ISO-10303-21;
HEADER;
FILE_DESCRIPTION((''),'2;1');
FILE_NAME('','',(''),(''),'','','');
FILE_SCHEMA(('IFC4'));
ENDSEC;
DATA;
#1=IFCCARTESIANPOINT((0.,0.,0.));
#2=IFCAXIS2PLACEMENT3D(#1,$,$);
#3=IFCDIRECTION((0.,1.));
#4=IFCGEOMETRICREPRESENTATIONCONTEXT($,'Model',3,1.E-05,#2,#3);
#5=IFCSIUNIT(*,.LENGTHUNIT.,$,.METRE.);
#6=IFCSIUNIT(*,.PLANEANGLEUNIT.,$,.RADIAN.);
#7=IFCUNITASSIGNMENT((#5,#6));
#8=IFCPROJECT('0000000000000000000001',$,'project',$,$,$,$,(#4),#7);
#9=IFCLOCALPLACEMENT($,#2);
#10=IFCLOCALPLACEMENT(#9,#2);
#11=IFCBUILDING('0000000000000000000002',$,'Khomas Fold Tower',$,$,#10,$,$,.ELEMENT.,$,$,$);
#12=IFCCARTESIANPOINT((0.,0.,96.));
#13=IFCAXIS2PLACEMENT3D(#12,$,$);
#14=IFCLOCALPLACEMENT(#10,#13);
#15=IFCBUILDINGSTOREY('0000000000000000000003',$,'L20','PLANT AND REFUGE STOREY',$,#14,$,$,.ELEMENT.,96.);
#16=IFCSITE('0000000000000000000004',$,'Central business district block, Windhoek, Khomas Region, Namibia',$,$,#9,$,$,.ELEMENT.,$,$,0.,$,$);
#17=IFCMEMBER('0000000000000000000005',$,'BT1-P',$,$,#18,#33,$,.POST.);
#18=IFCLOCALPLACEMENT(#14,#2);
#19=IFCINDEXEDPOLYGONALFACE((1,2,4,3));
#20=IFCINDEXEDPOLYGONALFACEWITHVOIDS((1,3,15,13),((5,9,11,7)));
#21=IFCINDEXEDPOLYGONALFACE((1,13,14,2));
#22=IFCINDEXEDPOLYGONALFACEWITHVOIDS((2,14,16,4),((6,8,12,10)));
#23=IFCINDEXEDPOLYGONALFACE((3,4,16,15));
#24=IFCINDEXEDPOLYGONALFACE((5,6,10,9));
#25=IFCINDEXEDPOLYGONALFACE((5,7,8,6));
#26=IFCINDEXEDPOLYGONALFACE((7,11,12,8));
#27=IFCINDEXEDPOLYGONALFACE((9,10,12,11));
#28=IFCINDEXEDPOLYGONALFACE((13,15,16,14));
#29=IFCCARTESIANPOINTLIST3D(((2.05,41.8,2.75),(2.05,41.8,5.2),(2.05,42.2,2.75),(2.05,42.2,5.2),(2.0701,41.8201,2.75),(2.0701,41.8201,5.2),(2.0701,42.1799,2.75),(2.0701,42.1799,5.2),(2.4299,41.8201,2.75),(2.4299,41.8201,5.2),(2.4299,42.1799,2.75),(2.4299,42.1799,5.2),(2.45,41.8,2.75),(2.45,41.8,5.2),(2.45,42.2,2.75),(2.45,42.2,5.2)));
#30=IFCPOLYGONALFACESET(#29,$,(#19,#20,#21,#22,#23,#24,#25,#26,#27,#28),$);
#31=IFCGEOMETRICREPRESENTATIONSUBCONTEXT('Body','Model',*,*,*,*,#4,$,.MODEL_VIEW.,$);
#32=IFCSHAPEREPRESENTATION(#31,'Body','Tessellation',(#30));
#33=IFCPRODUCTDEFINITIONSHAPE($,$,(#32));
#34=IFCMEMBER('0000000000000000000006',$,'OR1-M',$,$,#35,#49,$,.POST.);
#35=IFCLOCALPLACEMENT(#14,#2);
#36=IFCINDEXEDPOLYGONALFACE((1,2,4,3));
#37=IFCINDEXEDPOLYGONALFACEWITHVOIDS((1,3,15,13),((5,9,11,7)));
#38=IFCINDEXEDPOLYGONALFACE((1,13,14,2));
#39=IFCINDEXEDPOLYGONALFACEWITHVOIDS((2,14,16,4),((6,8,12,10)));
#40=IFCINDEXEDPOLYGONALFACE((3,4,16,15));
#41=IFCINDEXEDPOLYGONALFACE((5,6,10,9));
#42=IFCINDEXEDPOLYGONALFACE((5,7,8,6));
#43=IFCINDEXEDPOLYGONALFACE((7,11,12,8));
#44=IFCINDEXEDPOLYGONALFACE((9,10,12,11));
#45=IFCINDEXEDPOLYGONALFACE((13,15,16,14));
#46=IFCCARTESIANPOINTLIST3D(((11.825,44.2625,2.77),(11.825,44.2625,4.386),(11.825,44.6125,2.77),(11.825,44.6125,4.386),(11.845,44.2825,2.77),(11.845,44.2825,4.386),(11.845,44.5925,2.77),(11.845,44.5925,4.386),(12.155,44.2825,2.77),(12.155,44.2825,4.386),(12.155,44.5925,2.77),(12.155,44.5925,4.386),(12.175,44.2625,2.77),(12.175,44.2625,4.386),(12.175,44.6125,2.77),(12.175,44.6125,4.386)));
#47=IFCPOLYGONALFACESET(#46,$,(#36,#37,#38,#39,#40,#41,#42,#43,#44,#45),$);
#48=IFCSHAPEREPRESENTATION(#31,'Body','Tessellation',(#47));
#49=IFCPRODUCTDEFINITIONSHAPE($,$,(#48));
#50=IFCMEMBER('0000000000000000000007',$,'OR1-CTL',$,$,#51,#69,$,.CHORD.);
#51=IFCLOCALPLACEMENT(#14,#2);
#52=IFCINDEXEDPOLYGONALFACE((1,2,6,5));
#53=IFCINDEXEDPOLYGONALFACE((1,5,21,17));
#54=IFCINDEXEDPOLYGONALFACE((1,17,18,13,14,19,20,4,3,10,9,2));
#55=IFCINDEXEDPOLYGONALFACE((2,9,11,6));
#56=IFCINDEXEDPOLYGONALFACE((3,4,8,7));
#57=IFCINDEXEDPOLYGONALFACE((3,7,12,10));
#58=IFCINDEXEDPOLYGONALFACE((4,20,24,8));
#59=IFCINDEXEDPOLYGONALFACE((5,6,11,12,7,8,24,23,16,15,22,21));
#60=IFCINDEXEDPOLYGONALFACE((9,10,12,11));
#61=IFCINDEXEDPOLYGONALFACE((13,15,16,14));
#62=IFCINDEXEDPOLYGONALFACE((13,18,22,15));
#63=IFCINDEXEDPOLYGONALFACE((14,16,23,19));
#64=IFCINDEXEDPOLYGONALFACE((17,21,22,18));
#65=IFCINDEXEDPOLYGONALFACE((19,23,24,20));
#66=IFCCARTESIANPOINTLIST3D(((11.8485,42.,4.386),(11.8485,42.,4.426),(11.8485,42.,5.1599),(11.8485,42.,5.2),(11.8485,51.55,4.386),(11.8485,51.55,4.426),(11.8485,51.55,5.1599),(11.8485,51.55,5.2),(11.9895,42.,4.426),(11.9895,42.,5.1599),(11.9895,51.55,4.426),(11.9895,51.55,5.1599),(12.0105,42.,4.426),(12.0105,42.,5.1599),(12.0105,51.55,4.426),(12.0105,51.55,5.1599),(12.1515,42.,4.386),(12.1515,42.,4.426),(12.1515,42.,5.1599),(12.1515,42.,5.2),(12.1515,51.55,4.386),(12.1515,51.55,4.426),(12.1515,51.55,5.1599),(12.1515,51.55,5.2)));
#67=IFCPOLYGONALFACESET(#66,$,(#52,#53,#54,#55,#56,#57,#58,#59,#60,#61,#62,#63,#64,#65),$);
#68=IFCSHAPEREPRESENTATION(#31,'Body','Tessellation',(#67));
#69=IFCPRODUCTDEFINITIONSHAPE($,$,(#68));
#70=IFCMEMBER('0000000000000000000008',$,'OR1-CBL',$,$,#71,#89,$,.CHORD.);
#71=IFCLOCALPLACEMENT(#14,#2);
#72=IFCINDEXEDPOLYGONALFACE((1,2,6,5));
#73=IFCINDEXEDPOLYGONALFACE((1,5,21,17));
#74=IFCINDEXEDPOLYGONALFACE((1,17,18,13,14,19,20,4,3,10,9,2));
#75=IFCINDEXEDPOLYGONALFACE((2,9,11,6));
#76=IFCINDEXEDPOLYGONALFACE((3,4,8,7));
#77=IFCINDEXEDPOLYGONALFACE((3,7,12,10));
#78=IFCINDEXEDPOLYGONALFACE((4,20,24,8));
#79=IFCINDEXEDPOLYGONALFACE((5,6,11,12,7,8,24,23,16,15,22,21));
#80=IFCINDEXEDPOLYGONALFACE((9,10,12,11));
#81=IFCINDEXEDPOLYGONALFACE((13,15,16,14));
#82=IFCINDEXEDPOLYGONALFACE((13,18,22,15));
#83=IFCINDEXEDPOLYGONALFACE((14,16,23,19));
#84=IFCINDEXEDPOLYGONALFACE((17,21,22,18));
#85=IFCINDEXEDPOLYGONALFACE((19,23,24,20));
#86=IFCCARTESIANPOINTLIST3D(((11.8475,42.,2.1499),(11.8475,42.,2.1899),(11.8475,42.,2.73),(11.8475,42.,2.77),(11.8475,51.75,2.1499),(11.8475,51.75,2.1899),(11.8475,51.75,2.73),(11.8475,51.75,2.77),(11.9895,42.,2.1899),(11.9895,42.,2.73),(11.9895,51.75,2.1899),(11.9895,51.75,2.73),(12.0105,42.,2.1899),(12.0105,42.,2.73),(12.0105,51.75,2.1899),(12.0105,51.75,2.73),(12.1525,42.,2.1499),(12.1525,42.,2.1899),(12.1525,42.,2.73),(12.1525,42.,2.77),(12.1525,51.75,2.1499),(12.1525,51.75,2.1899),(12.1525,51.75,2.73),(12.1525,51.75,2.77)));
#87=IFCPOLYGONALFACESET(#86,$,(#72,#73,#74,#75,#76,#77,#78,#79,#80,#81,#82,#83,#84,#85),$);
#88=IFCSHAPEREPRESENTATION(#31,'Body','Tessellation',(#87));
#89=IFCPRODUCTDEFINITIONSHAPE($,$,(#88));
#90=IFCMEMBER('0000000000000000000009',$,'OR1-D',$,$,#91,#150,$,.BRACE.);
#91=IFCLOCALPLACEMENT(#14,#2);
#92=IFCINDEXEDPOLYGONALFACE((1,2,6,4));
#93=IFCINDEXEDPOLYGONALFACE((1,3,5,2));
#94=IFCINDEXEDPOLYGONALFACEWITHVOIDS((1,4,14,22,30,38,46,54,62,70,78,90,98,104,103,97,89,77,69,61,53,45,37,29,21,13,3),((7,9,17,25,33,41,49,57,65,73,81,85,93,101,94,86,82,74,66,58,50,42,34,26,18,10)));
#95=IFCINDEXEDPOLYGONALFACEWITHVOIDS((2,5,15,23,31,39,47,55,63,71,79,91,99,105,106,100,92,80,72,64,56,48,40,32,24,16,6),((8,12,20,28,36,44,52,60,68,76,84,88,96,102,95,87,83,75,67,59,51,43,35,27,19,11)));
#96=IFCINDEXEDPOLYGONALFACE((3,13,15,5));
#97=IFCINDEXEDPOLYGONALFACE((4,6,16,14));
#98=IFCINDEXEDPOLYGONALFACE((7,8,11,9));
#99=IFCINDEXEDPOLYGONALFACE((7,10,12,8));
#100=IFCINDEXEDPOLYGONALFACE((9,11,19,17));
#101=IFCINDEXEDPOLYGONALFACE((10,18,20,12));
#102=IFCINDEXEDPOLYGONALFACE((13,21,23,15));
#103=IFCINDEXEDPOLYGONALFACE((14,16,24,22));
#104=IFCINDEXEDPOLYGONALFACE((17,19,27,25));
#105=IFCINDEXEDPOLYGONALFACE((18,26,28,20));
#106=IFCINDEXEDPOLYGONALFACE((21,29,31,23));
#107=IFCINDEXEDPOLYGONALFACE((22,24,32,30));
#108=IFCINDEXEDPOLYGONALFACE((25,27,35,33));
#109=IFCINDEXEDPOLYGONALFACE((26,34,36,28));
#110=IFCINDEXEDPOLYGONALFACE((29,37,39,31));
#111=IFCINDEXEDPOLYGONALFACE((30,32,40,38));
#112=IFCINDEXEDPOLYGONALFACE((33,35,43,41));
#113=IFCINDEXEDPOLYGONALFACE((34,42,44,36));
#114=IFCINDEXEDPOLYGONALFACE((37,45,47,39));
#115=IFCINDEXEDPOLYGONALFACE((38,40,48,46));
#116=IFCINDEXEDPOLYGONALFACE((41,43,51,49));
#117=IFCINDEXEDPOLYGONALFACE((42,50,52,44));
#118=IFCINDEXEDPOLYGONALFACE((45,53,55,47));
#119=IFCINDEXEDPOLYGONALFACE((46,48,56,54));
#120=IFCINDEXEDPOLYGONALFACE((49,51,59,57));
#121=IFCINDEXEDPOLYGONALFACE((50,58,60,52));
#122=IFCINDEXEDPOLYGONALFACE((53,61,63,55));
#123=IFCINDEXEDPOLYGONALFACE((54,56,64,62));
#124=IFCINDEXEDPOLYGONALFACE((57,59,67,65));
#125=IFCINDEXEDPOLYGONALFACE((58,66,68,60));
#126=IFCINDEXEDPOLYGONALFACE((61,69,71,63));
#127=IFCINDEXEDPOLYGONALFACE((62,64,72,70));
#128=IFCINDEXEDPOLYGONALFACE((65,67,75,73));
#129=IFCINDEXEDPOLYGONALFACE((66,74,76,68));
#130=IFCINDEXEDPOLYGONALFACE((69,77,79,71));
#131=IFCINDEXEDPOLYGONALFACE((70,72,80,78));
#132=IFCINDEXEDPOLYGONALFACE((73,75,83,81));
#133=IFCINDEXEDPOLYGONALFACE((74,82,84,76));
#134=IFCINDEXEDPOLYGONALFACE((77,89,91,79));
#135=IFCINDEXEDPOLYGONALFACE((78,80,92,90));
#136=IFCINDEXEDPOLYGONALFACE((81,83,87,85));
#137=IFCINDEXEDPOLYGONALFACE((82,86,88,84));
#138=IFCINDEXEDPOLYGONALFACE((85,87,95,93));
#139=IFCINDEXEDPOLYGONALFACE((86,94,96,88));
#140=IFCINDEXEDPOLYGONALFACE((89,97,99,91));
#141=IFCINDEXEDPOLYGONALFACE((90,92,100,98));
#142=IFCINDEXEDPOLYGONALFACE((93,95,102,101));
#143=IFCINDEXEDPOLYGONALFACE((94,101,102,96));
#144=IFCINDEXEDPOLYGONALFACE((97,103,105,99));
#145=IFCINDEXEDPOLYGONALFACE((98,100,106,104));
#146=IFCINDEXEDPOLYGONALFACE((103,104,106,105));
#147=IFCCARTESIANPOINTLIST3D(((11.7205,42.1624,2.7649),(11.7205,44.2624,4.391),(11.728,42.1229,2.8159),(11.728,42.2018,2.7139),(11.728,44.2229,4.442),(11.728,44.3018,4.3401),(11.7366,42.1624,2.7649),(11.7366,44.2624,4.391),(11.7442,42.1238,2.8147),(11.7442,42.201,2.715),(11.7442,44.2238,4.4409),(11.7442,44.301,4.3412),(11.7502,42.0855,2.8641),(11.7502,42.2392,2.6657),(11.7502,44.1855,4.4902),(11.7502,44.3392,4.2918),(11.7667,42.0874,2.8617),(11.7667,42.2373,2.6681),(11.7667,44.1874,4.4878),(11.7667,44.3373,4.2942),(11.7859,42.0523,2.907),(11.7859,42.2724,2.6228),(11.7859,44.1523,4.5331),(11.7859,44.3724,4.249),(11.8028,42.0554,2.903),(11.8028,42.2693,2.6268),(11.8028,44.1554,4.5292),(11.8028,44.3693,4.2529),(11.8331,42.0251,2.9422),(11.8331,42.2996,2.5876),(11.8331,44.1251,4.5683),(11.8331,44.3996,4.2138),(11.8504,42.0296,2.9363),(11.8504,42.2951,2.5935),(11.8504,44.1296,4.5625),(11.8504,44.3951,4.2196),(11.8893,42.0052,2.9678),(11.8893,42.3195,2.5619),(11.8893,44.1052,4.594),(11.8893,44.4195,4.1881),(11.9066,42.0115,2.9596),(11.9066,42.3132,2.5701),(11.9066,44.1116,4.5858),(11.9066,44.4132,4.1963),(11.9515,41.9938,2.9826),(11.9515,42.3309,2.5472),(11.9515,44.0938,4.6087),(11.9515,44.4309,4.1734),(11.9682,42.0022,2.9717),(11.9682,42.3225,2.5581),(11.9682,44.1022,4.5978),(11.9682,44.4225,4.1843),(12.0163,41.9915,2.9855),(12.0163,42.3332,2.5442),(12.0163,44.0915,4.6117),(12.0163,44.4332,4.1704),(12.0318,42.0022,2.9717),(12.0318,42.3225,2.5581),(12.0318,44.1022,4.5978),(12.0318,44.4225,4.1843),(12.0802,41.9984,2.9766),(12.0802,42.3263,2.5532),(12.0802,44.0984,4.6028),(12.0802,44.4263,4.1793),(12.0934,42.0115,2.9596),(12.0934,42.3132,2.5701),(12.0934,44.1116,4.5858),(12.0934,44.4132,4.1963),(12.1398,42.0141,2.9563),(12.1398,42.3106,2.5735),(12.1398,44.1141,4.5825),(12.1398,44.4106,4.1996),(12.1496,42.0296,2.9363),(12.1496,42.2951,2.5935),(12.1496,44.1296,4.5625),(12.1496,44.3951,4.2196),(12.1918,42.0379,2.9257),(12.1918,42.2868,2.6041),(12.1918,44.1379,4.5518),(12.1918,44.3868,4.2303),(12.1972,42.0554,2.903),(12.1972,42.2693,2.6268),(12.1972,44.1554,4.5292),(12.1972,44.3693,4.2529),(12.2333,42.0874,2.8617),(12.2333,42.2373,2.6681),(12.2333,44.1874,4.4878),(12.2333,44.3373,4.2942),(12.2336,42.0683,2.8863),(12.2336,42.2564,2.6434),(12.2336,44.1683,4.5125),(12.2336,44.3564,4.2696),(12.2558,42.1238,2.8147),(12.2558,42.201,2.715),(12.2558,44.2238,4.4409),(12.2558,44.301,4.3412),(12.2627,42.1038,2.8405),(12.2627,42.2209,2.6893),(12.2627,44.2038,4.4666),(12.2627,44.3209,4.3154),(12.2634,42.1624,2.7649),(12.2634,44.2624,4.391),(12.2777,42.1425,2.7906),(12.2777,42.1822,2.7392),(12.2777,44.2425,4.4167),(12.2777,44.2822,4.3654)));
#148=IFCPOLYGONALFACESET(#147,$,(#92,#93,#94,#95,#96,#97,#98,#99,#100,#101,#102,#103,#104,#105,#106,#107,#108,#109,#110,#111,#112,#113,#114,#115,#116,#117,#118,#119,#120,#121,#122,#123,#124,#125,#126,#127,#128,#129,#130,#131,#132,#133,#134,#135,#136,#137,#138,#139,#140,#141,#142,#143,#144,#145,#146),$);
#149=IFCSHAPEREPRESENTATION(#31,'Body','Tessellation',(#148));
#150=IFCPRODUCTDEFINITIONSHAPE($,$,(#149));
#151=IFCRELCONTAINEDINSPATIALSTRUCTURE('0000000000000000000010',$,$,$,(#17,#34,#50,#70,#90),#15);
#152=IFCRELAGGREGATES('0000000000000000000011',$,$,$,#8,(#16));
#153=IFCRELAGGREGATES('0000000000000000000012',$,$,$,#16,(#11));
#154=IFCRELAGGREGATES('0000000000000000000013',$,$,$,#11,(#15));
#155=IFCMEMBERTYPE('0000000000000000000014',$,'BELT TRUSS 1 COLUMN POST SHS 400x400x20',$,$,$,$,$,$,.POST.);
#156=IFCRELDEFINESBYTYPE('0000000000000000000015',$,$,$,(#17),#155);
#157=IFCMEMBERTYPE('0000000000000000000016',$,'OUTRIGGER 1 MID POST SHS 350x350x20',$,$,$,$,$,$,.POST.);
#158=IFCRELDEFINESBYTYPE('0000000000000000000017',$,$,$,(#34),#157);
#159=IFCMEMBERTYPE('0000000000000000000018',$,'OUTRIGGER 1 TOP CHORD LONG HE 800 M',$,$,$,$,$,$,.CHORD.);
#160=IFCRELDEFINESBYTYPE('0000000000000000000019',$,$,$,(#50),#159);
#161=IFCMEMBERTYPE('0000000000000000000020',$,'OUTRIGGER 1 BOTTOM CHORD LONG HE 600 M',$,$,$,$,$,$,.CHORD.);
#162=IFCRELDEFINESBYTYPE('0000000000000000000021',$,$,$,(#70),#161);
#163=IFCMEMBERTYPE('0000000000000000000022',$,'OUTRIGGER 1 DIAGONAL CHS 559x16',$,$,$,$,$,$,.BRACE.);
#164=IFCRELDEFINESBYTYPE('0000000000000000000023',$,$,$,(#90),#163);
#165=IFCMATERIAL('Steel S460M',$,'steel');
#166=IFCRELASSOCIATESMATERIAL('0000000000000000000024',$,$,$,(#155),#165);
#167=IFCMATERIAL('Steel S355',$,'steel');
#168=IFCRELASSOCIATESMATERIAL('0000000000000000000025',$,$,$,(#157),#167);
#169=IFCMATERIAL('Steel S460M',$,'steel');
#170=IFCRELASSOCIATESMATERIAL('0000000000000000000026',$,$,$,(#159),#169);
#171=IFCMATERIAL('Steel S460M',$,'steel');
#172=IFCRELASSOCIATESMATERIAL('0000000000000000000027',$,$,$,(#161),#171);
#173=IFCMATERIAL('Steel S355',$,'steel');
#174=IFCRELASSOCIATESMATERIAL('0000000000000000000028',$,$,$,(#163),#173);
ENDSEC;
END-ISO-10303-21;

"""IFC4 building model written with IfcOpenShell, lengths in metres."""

from ifc_helpers import new_model, si_unit, direction, frame, origin, origin_2d, place, context, subcontext, project, spatial, hollow_rectangle, hollow_circle, i_section, extrude, source, transform, mapped, material, material_profile, profile_set, type_object, element, save


model = new_model("IFC4")

# Units and contexts
model_context = context("Model", 3, precision=1e-05, world=origin(), true_north=direction((0.0, 1.0)))
body_context = subcontext(model_context, "Body", "Model", "MODEL_VIEW")
ifc_project = project(units=[si_unit("LENGTHUNIT", "METRE"), si_unit("PLANEANGLEUNIT", "RADIAN")], contexts=[model_context])

# Site, building, storey
site_placement = place(None, origin())
site = spatial("IfcSite", under=ifc_project, at=site_placement, Name="Central business district block, Windhoek, Khomas Region, Namibia", CompositionType="ELEMENT", RefElevation=0.0)
building_placement = place(site_placement, origin())
building = spatial("IfcBuilding", under=site, at=building_placement, Name="Khomas Fold Tower", CompositionType="ELEMENT")
storey_placement = place(building_placement, frame((0.0, 0.0, 96.0)))
storey = spatial("IfcBuildingStorey", under=building, at=storey_placement, Name="L20", Description="PLANT AND REFUGE STOREY", CompositionType="ELEMENT", Elevation=96.0)

# Members
ifc_material_1 = material(Name="Steel S460M", Category="steel")
ifc_material_profile_1 = material_profile(ifc_material_1, hollow_rectangle(XDim=0.3999, YDim=0.3999, WallThickness=0.02, at=origin_2d()), Name="SHS 400x400x20")
ifc_profile_set_1 = profile_set([ifc_material_profile_1], Name="Steel S460M")
member_type_1 = type_object("IfcMemberType", Name="BELT TRUSS 1 COLUMN POST SHS 400x400x20", PredefinedType="POST", material=ifc_profile_set_1)
shared_shape_1 = source(origin(), body_context, "Body", "SweptSolid", [
    extrude(hollow_rectangle(XDim=0.3999, YDim=0.3999, WallThickness=0.02, at=origin_2d()), origin(), (0.0, 0.0, 1.0), 2.45),
])
member_1_placement = place(storey_placement, frame((2.25, 42.0, 2.75), z_axis=(0.0, 0.0, 1.0), x_axis=(1.0, 0.0, 0.0)))
element("IfcMember", 1, at=member_1_placement, inside=storey, type_object=member_type_1, Name="BT1-P", PredefinedType="POST", context=body_context, shape_type="MappedRepresentation", body=[
    mapped(shared_shape_1, transform((0.0, 0.0, 0.0))),
])
ifc_material_2 = material(Name="Steel S355", Category="steel")
ifc_material_profile_2 = material_profile(ifc_material_2, hollow_rectangle(XDim=0.3501, YDim=0.3501, WallThickness=0.02, at=origin_2d()), Name="SHS 350x350x20")
ifc_profile_set_2 = profile_set([ifc_material_profile_2], Name="Steel S355")
member_type_2 = type_object("IfcMemberType", Name="OUTRIGGER 1 MID POST SHS 350x350x20", PredefinedType="POST", material=ifc_profile_set_2)
shared_shape_2 = source(origin(), body_context, "Body", "SweptSolid", [
    extrude(hollow_rectangle(XDim=0.3501, YDim=0.3501, WallThickness=0.02, at=origin_2d()), origin(), (0.0, 0.0, 1.0), 1.616),
])
member_2_placement = place(storey_placement, frame((12.0, 44.4375, 2.77), z_axis=(0.0, 0.0, 1.0), x_axis=(1.0, 0.0, 0.0)))
element("IfcMember", 2, at=member_2_placement, inside=storey, type_object=member_type_2, Name="OR1-M", PredefinedType="POST", context=body_context, shape_type="MappedRepresentation", body=[
    mapped(shared_shape_2, transform((0.0, 0.0, 0.0))),
])
ifc_material_3 = material(Name="Steel S460M", Category="steel")
ifc_material_profile_3 = material_profile(ifc_material_3, i_section(OverallWidth=0.303, OverallDepth=0.814, WebThickness=0.021, FlangeThickness=0.04, at=origin_2d()), Name="HE 800 M")
ifc_profile_set_3 = profile_set([ifc_material_profile_3], Name="Steel S460M")
member_type_3 = type_object("IfcMemberType", Name="OUTRIGGER 1 TOP CHORD LONG HE 800 M", PredefinedType="CHORD", material=ifc_profile_set_3)
shared_shape_3 = source(origin(), body_context, "Body", "SweptSolid", [
    extrude(i_section(OverallWidth=0.303, OverallDepth=0.814, WebThickness=0.021, FlangeThickness=0.04, at=origin_2d()), origin(), (0.0, 0.0, 1.0), 9.55),
])
member_3_placement = place(storey_placement, frame((12.0, 42.0, 4.793), z_axis=(0.0, 1.0, 0.0), x_axis=(-1.0, 0.0, 0.0)))
element("IfcMember", 3, at=member_3_placement, inside=storey, type_object=member_type_3, Name="OR1-CTL", PredefinedType="CHORD", context=body_context, shape_type="MappedRepresentation", body=[
    mapped(shared_shape_3, transform((0.0, 0.0, 0.0))),
])
ifc_material_4 = material(Name="Steel S460M", Category="steel")
ifc_material_profile_4 = material_profile(ifc_material_4, i_section(OverallWidth=0.3049, OverallDepth=0.6201, WebThickness=0.021, FlangeThickness=0.04, at=origin_2d()), Name="HE 600 M")
ifc_profile_set_4 = profile_set([ifc_material_profile_4], Name="Steel S460M")
member_type_4 = type_object("IfcMemberType", Name="OUTRIGGER 1 BOTTOM CHORD LONG HE 600 M", PredefinedType="CHORD", material=ifc_profile_set_4)
shared_shape_4 = source(origin(), body_context, "Body", "SweptSolid", [
    extrude(i_section(OverallWidth=0.3049, OverallDepth=0.6201, WebThickness=0.021, FlangeThickness=0.04, at=origin_2d()), origin(), (0.0, 0.0, 1.0), 9.75),
])
member_4_placement = place(storey_placement, frame((12.0, 42.0, 2.46), z_axis=(0.0, 1.0, 0.0), x_axis=(-1.0, 0.0, 0.0)))
element("IfcMember", 4, at=member_4_placement, inside=storey, type_object=member_type_4, Name="OR1-CBL", PredefinedType="CHORD", context=body_context, shape_type="MappedRepresentation", body=[
    mapped(shared_shape_4, transform((0.0, 0.0, 0.0))),
])
ifc_material_5 = material(Name="Steel S355", Category="steel")
ifc_material_profile_5 = material_profile(ifc_material_5, hollow_circle(Radius=0.2795, WallThickness=0.0161, at=origin_2d()), Name="CHS 559x16")
ifc_profile_set_5 = profile_set([ifc_material_profile_5], Name="Steel S355")
member_type_5 = type_object("IfcMemberType", Name="OUTRIGGER 1 DIAGONAL CHS 559x16", PredefinedType="BRACE", material=ifc_profile_set_5)
shared_shape_5 = source(origin(), body_context, "Body", "SweptSolid", [
    extrude(hollow_circle(Radius=0.2795, WallThickness=0.0161, at=origin_2d()), origin(), (0.0, 0.0, 1.0), 2.656),
])
member_5_placement = place(storey_placement, frame((12.0, 42.1624, 2.7649), z_axis=(0.0, 0.790662, 0.612253), x_axis=(-1.0, 0.0, 0.0)))
element("IfcMember", 5, at=member_5_placement, inside=storey, type_object=member_type_5, Name="OR1-D", PredefinedType="BRACE", context=body_context, shape_type="MappedRepresentation", body=[
    mapped(shared_shape_5, transform((0.0, 0.0, 0.0))),
])

save(model, "model.ifc")
